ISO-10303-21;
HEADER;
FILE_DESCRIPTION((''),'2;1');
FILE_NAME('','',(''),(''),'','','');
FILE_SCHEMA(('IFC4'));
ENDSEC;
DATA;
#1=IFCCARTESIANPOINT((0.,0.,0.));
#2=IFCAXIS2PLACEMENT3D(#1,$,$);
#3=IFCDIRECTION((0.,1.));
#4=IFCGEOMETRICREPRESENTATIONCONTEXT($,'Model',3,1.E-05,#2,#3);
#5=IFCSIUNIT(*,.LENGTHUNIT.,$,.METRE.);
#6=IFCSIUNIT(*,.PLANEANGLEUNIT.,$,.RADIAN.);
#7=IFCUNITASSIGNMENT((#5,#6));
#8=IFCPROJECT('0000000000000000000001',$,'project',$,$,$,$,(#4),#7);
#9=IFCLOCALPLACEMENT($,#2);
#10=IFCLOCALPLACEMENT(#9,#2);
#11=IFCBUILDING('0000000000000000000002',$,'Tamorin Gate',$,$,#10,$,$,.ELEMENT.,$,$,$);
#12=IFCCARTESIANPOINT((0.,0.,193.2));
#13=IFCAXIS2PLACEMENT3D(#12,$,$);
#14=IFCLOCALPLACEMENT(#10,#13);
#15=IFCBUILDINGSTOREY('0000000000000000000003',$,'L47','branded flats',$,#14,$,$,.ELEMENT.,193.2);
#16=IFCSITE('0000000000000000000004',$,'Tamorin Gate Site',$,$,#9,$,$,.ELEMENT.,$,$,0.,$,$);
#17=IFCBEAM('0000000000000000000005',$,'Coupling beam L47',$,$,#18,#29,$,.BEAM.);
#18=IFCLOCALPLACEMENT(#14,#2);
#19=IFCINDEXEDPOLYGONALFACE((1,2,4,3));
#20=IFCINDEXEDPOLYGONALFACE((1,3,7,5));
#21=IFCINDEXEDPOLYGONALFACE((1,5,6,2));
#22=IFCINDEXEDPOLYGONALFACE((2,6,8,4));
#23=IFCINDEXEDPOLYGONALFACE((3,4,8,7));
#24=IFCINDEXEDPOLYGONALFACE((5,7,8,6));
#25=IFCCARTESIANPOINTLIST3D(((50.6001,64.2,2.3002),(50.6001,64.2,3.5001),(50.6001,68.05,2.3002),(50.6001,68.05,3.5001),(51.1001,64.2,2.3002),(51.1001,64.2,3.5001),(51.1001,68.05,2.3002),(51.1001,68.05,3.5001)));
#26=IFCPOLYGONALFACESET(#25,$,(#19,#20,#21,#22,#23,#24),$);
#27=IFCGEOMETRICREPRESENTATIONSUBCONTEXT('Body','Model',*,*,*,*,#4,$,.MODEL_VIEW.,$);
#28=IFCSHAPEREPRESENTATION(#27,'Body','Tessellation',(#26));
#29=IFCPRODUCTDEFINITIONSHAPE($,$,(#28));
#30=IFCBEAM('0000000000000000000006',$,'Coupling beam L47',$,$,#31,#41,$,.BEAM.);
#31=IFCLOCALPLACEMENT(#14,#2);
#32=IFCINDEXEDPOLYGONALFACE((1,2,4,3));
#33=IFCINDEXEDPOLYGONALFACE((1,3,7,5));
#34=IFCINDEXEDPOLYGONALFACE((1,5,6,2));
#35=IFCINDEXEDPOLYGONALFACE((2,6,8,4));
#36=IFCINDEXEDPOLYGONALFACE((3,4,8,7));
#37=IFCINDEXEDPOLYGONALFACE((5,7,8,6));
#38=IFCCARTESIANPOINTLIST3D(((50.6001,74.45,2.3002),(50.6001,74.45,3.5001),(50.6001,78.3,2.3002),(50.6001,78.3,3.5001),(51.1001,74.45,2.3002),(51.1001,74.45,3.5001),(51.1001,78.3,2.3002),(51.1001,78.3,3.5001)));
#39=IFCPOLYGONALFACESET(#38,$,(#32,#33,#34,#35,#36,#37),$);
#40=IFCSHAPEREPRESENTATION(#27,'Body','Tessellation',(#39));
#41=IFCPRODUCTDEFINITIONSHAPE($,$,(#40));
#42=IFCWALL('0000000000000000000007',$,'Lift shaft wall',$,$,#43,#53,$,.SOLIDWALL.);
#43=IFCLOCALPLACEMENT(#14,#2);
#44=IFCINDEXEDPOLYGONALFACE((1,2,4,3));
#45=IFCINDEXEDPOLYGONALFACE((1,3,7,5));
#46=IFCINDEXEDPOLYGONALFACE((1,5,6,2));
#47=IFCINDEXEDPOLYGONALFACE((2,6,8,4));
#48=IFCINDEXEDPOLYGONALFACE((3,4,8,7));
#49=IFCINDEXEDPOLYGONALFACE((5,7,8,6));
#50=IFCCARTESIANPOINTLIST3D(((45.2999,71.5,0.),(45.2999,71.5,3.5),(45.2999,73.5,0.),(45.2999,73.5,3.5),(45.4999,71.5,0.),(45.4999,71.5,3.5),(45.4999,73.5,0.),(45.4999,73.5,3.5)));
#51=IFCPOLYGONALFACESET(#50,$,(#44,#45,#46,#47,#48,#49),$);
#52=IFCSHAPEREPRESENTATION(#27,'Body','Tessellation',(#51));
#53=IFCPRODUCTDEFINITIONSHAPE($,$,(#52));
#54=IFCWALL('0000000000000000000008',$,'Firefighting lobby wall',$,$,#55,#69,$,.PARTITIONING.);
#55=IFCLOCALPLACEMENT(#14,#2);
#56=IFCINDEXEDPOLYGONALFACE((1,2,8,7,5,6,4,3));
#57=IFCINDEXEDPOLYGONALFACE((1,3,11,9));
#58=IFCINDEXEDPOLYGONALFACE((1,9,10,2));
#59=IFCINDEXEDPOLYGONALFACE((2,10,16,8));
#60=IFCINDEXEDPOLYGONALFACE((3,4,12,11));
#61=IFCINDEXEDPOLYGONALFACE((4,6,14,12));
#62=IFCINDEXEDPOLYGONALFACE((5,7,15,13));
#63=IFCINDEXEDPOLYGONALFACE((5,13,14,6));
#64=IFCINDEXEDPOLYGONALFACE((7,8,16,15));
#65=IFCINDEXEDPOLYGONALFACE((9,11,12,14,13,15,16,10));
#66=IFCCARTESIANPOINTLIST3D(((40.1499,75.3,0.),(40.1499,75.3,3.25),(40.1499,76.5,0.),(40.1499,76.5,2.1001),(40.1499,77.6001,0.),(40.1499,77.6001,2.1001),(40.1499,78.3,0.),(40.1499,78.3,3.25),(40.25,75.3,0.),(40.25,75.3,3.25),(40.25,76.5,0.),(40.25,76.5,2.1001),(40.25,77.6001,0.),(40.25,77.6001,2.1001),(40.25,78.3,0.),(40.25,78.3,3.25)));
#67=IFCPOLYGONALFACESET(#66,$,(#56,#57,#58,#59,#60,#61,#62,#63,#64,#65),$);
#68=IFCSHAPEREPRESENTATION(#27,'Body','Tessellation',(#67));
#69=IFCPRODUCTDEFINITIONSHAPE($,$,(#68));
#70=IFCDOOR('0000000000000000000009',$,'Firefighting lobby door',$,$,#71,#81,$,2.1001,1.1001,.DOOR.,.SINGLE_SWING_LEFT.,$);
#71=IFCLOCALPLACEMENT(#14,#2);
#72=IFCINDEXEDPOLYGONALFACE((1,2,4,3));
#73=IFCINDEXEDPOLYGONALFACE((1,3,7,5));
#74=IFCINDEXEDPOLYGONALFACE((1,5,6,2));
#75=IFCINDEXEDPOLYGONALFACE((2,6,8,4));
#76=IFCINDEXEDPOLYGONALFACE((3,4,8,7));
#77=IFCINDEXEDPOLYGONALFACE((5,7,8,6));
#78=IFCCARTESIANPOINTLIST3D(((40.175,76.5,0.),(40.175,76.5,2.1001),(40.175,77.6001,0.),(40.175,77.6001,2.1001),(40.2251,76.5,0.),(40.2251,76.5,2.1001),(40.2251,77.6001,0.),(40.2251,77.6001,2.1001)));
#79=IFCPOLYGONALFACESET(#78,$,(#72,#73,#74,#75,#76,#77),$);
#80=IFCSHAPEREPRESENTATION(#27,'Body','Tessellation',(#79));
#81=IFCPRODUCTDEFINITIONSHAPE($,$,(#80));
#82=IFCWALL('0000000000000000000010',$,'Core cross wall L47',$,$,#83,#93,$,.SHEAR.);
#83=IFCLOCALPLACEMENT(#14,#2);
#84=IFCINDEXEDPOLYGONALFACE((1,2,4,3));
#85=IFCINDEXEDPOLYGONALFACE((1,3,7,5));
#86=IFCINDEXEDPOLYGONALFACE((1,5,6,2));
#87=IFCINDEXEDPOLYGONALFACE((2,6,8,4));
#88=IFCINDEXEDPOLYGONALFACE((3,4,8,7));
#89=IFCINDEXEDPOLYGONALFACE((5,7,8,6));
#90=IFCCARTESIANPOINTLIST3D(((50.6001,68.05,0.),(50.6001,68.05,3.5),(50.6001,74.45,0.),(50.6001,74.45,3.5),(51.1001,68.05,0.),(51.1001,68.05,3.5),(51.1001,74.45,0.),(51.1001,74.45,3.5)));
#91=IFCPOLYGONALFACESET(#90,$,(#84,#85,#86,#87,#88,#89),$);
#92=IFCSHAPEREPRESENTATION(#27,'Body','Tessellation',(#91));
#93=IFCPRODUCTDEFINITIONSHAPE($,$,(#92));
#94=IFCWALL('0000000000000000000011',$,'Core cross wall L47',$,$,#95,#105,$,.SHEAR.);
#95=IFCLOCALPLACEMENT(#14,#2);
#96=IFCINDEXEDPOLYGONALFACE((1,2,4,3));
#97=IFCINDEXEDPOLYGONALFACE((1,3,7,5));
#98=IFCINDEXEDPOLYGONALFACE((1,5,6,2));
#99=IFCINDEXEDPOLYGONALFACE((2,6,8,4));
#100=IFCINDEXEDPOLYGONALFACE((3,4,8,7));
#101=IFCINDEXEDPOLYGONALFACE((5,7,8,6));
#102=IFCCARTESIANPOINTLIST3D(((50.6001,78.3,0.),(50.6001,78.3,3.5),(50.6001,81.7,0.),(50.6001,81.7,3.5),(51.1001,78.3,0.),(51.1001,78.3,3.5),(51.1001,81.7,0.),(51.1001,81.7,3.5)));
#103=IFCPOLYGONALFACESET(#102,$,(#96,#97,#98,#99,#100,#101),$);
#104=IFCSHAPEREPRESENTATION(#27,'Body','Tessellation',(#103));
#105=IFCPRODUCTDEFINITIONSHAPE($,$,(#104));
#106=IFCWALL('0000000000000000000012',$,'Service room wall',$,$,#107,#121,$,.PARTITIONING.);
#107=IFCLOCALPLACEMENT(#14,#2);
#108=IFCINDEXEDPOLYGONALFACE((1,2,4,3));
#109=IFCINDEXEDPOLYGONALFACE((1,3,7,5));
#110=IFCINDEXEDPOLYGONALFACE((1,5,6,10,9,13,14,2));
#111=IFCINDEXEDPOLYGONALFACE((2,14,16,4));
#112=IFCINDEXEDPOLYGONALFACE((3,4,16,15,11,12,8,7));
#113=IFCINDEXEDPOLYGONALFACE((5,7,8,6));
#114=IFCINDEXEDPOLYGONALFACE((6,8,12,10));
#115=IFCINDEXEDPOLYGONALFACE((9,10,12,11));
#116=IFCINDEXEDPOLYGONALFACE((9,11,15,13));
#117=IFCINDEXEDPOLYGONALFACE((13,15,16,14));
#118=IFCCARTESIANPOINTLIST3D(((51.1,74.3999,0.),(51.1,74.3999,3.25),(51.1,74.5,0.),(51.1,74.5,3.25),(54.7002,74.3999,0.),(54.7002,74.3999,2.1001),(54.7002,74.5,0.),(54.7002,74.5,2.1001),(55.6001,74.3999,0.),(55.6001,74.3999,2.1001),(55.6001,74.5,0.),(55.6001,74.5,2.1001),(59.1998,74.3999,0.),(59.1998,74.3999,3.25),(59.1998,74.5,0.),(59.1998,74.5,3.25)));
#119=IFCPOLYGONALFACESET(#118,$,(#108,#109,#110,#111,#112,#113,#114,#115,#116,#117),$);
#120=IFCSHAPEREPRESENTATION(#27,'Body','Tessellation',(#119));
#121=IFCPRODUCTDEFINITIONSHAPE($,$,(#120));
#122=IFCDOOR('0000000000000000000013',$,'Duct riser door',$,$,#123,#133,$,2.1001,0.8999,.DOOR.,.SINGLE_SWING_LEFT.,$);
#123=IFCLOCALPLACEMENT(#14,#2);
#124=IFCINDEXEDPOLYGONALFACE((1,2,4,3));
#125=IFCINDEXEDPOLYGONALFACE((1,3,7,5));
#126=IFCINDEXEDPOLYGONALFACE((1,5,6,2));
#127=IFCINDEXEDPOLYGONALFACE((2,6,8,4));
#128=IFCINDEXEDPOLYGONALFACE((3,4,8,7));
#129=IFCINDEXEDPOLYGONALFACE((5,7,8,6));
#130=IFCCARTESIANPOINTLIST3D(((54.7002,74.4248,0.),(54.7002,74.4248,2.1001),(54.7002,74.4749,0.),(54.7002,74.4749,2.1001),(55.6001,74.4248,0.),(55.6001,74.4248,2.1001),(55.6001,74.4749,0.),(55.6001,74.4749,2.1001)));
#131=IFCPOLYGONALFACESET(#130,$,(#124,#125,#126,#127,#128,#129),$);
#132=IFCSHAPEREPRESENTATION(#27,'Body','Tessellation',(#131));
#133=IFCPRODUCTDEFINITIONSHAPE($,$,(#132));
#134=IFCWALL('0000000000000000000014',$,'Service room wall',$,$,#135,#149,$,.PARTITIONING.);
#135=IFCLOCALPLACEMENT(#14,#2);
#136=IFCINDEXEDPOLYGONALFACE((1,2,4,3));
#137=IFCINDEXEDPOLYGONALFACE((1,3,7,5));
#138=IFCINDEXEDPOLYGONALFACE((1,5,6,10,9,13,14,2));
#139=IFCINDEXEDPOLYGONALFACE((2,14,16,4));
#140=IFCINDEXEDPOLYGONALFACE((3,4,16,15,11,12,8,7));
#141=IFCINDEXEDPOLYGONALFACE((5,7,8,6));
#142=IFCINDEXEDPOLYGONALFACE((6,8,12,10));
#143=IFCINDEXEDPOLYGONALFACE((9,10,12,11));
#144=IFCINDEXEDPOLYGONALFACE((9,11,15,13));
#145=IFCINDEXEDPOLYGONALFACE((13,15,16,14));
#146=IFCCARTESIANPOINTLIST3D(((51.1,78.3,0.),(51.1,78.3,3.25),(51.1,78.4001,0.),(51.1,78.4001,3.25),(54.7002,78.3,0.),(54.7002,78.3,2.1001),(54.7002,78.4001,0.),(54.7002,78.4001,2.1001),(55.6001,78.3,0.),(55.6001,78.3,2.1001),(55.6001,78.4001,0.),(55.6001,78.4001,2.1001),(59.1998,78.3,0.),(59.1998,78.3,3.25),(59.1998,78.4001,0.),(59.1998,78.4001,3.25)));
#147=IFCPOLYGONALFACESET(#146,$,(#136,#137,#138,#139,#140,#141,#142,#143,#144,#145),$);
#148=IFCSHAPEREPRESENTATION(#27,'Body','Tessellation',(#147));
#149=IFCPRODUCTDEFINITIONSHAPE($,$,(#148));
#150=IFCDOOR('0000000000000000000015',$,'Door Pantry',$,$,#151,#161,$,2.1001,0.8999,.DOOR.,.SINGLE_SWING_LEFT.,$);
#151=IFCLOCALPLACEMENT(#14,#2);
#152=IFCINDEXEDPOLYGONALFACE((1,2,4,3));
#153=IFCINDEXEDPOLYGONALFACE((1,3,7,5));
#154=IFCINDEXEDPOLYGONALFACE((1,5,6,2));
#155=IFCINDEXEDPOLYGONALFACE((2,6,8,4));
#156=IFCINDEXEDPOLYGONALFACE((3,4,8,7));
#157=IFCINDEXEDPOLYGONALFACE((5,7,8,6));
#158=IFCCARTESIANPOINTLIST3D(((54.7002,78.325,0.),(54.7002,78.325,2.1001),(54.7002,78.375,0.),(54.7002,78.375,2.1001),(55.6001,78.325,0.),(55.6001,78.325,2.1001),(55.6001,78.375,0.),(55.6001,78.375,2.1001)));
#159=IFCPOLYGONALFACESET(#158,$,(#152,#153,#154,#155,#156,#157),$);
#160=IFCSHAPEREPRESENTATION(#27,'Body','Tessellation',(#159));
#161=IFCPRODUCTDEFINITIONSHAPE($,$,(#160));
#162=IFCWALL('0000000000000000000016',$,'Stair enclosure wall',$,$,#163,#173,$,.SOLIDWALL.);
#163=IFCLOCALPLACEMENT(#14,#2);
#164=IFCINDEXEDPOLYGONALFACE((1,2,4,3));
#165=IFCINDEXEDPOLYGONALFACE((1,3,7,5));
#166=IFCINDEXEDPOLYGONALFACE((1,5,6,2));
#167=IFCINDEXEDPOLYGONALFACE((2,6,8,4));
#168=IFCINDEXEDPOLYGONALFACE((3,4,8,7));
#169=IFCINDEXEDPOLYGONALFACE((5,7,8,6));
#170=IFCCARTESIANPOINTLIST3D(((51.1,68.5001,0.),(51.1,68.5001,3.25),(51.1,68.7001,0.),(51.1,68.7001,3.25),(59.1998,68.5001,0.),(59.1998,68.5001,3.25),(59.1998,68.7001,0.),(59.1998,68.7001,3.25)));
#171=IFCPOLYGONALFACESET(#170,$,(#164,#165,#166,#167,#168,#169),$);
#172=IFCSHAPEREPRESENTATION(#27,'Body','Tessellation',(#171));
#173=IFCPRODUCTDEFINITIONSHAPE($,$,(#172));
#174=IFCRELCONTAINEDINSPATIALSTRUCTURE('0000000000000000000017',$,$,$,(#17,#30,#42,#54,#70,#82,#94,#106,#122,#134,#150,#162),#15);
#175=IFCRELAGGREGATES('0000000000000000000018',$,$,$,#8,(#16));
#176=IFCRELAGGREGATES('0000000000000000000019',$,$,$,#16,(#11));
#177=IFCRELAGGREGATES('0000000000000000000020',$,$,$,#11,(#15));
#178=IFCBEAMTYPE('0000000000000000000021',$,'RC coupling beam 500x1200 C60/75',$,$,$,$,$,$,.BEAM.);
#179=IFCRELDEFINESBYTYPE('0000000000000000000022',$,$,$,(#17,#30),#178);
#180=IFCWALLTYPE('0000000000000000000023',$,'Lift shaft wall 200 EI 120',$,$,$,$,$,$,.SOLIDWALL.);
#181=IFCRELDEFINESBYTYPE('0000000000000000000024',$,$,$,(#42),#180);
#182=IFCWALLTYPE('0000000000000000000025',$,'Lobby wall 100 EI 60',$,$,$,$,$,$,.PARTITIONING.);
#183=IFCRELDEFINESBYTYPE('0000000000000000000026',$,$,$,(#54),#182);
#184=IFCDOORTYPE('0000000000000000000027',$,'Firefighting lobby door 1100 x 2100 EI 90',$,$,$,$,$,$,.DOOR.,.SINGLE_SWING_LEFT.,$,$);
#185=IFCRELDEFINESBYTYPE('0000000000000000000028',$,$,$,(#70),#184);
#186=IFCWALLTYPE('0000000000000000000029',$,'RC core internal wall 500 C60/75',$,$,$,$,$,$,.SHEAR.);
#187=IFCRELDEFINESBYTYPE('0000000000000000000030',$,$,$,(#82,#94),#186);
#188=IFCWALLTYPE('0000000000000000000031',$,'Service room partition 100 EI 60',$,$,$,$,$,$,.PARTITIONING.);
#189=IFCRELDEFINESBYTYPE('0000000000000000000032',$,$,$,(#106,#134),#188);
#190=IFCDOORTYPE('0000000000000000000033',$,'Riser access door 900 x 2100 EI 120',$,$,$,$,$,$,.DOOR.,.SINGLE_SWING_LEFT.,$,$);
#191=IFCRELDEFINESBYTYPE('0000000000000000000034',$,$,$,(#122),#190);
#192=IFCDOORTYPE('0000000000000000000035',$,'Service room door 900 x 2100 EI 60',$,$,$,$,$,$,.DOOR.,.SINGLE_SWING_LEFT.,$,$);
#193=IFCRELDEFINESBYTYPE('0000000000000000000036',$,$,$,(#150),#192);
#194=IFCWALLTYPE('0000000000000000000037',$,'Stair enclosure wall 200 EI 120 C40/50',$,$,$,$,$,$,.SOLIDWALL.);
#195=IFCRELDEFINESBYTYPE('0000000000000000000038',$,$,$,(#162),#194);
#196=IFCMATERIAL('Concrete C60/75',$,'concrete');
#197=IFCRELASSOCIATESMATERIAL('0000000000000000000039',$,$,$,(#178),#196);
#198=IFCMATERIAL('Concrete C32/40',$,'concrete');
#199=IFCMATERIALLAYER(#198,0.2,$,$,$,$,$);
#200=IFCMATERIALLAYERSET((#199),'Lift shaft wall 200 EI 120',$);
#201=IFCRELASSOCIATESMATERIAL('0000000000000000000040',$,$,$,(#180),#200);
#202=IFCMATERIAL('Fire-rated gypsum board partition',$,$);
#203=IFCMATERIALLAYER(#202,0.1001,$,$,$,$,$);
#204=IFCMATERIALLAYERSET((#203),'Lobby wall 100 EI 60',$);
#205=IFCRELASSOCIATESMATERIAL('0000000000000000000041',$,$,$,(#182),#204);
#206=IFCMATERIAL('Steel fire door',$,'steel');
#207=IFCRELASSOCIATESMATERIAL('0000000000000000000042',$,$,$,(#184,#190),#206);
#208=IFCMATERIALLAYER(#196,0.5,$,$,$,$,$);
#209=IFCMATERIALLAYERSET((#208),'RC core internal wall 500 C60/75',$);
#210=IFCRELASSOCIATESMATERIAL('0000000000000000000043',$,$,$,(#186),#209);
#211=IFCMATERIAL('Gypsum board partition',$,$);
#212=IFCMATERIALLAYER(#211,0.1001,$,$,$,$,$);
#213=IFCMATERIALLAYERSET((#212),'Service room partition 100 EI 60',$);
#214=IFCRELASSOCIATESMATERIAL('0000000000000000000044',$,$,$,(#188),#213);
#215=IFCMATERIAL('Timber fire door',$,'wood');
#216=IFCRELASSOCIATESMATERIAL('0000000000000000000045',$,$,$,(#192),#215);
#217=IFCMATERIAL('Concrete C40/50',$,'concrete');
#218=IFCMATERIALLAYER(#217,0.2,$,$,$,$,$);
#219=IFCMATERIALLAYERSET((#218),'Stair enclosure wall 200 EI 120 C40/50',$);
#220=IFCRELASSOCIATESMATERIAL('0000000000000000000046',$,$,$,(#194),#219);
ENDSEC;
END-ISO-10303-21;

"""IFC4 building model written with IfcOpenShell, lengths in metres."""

from ifc_helpers import new_model, si_unit, direction, frame, frame_2d, origin, origin_2d, place, context, subcontext, project, spatial, rectangle, extrude, material, layer, layer_set, material_profile, profile_set, type_object, element, fill, save


model = new_model("IFC4")

# Units and contexts
model_context = context("Model", 3, precision=1e-05, world=origin(), true_north=direction((0.0, 1.0)))
body_context = subcontext(model_context, "Body", "Model", "MODEL_VIEW")
ifc_project = project(units=[si_unit("LENGTHUNIT", "METRE"), si_unit("PLANEANGLEUNIT", "RADIAN")], contexts=[model_context])

# Site, building, storey
site_placement = place(None, origin())
site = spatial("IfcSite", under=ifc_project, at=site_placement, Name="Tamorin Gate Site", CompositionType="ELEMENT", RefElevation=0.0)
building_placement = place(site_placement, origin())
building = spatial("IfcBuilding", under=site, at=building_placement, Name="Tamorin Gate", CompositionType="ELEMENT")
storey_placement = place(building_placement, frame((0.0, 0.0, 193.2)))
storey = spatial("IfcBuildingStorey", under=building, at=storey_placement, Name="L47", Description="branded flats", CompositionType="ELEMENT", Elevation=193.2)

# Beams
ifc_material_1 = material(Name="Concrete C60/75", Category="concrete")
ifc_material_profile = material_profile(ifc_material_1, rectangle(XDim=0.5, YDim=1.2, at=origin_2d()), Name="RC 500x1200")
ifc_profile_set = profile_set([ifc_material_profile], Name="Concrete C60/75")
beam_type = type_object("IfcBeamType", Name="RC coupling beam 500x1200 C60/75", PredefinedType="BEAM", material=ifc_profile_set)
for number, where, z_axis, x_axis, name in (
    (1, (50.8501, 64.2, 2.9001), (0.0, 1.0, 0.0), (-1.0, 0.0, 0.0), "Coupling beam L47"),
    (2, (50.8501, 74.45, 2.9001), (0.0, 1.0, 0.0), (-1.0, 0.0, 0.0), "Coupling beam L47"),
):
    element("IfcBeam", number, at=place(storey_placement, frame(where, z_axis=z_axis, x_axis=x_axis)), inside=storey, type_object=beam_type, Name=name, PredefinedType="BEAM", context=body_context, shape_type="SweptSolid", body=[
        extrude(rectangle(XDim=0.5, YDim=1.2, at=origin_2d()), origin(), (0.0, 0.0, 1.0), 3.8501),
    ])

# Wall
ifc_material_2 = material(Name="Concrete C32/40", Category="concrete")
ifc_layer_1 = layer(ifc_material_2, 0.2)
ifc_layer_set_1 = layer_set([ifc_layer_1], Name="Lift shaft wall 200 EI 120")
wall_type_1 = type_object("IfcWallType", Name="Lift shaft wall 200 EI 120", PredefinedType="SOLIDWALL", material=ifc_layer_set_1)
wall_1_placement = place(storey_placement, frame((45.3999, 71.5, 0.0), z_axis=(0.0, 0.0, 1.0), x_axis=(0.0, 1.0, 0.0)))
element("IfcWall", 3, at=wall_1_placement, inside=storey, type_object=wall_type_1, Name="Lift shaft wall", PredefinedType="SOLIDWALL", context=body_context, shape_type="SweptSolid", body=[
    extrude(rectangle(XDim=2.0, YDim=0.2, at=frame_2d((1.0, 0.0))), origin(), (0.0, 0.0, 1.0), 3.5),
])

# Wall, opening, door
ifc_material_3 = material(Name="Fire-rated gypsum board partition")
ifc_layer_2 = layer(ifc_material_3, 0.1001)
ifc_layer_set_2 = layer_set([ifc_layer_2], Name="Lobby wall 100 EI 60")
wall_type_2 = type_object("IfcWallType", Name="Lobby wall 100 EI 60", PredefinedType="PARTITIONING", material=ifc_layer_set_2)
wall_2_placement = place(storey_placement, frame((40.2, 75.3, 0.0), z_axis=(0.0, 0.0, 1.0), x_axis=(0.0, 1.0, 0.0)))
wall_2 = element("IfcWall", 4, at=wall_2_placement, inside=storey, type_object=wall_type_2, Name="Firefighting lobby wall", PredefinedType="PARTITIONING", context=body_context, shape_type="SweptSolid", body=[
    extrude(rectangle(XDim=3.0, YDim=0.1001, at=frame_2d((1.5, 0.0))), origin(), (0.0, 0.0, 1.0), 3.25),
])
opening_1_placement = place(wall_2_placement, frame((1.2, 0.0, 0.0)))
opening_1 = element("IfcOpeningElement", 5, at=opening_1_placement, cuts=wall_2, PredefinedType="OPENING", context=body_context, shape_type="SweptSolid", body=[
    extrude(rectangle(XDim=1.1001, YDim=2.1001, at=frame_2d((0.55, 1.05))), frame((0.0, 0.0601, 0.0), z_axis=(0.0, -1.0, 0.0), x_axis=(1.0, 0.0, 0.0)), (0.0, 0.0, 1.0), 0.1201),
])
ifc_material_4 = material(Name="Steel fire door", Category="steel")
door_type_1 = type_object("IfcDoorType", Name="Firefighting lobby door 1100 x 2100 EI 90", OperationType="SINGLE_SWING_LEFT", PredefinedType="DOOR", material=ifc_material_4)
door_1_placement = place(opening_1_placement, origin())
door_1 = element("IfcDoor", 6, at=door_1_placement, inside=storey, type_object=door_type_1, Name="Firefighting lobby door", OperationType="SINGLE_SWING_LEFT", OverallHeight=2.1001, OverallWidth=1.1001, PredefinedType="DOOR", context=body_context, shape_type="SweptSolid", body=[
    extrude(rectangle(XDim=1.1001, YDim=2.1001, at=frame_2d((0.55, 1.05))), frame((0.0, 0.0249, 0.0), z_axis=(0.0, -1.0, 0.0), x_axis=(1.0, 0.0, 0.0)), (0.0, 0.0, 1.0), 0.05),
])
fill(opening_1, door_1)

# Walls
ifc_layer_3 = layer(ifc_material_1, 0.5)
ifc_layer_set_3 = layer_set([ifc_layer_3], Name="RC core internal wall 500 C60/75")
wall_type_3 = type_object("IfcWallType", Name="RC core internal wall 500 C60/75", PredefinedType="SHEAR", material=ifc_layer_set_3)
wall_3_placement = place(storey_placement, frame((50.8501, 68.05, 0.0), z_axis=(0.0, 0.0, 1.0), x_axis=(0.0, 1.0, 0.0)))
element("IfcWall", 7, at=wall_3_placement, inside=storey, type_object=wall_type_3, Name="Core cross wall L47", PredefinedType="SHEAR", context=body_context, shape_type="SweptSolid", body=[
    extrude(rectangle(XDim=6.3999, YDim=0.5, at=frame_2d((3.2, 0.0))), origin(), (0.0, 0.0, 1.0), 3.5),
])
wall_4_placement = place(storey_placement, frame((50.8501, 78.3, 0.0), z_axis=(0.0, 0.0, 1.0), x_axis=(0.0, 1.0, 0.0)))
element("IfcWall", 8, at=wall_4_placement, inside=storey, type_object=wall_type_3, Name="Core cross wall L47", PredefinedType="SHEAR", context=body_context, shape_type="SweptSolid", body=[
    extrude(rectangle(XDim=3.3999, YDim=0.5, at=frame_2d((1.7, 0.0))), origin(), (0.0, 0.0, 1.0), 3.5),
])

# Walls, openings, doors
ifc_material_5 = material(Name="Gypsum board partition")
ifc_layer_4 = layer(ifc_material_5, 0.1001)
ifc_layer_set_4 = layer_set([ifc_layer_4], Name="Service room partition 100 EI 60")
wall_type_4 = type_object("IfcWallType", Name="Service room partition 100 EI 60", PredefinedType="PARTITIONING", material=ifc_layer_set_4)
wall_5_placement = place(storey_placement, frame((51.1001, 74.45, 0.0), z_axis=(0.0, 0.0, 1.0), x_axis=(1.0, 0.0, 0.0)))
wall_5 = element("IfcWall", 9, at=wall_5_placement, inside=storey, type_object=wall_type_4, Name="Service room wall", PredefinedType="PARTITIONING", context=body_context, shape_type="SweptSolid", body=[
    extrude(rectangle(XDim=8.0999, YDim=0.1001, at=frame_2d((4.0498, 0.0))), origin(), (0.0, 0.0, 1.0), 3.25),
])
opening_2_placement = place(wall_5_placement, frame((3.6001, 0.0, 0.0)))
opening_2 = element("IfcOpeningElement", 10, at=opening_2_placement, cuts=wall_5, PredefinedType="OPENING", context=body_context, shape_type="SweptSolid", body=[
    extrude(rectangle(XDim=0.8999, YDim=2.1001, at=frame_2d((0.45, 1.05))), frame((0.0, 0.0601, 0.0), z_axis=(0.0, -1.0, 0.0), x_axis=(1.0, 0.0, 0.0)), (0.0, 0.0, 1.0), 0.1201),
])
door_type_2 = type_object("IfcDoorType", Name="Riser access door 900 x 2100 EI 120", OperationType="SINGLE_SWING_LEFT", PredefinedType="DOOR", material=ifc_material_4)
door_2_placement = place(opening_2_placement, origin())
door_2 = element("IfcDoor", 11, at=door_2_placement, inside=storey, type_object=door_type_2, Name="Duct riser door", OperationType="SINGLE_SWING_LEFT", OverallHeight=2.1001, OverallWidth=0.8999, PredefinedType="DOOR", context=body_context, shape_type="SweptSolid", body=[
    extrude(rectangle(XDim=0.8999, YDim=2.1001, at=frame_2d((0.45, 1.05))), frame((0.0, 0.0249, 0.0), z_axis=(0.0, -1.0, 0.0), x_axis=(1.0, 0.0, 0.0)), (0.0, 0.0, 1.0), 0.05),
])
fill(opening_2, door_2)
wall_6_placement = place(storey_placement, frame((51.1001, 78.3501, 0.0), z_axis=(0.0, 0.0, 1.0), x_axis=(1.0, 0.0, 0.0)))
wall_6 = element("IfcWall", 12, at=wall_6_placement, inside=storey, type_object=wall_type_4, Name="Service room wall", PredefinedType="PARTITIONING", context=body_context, shape_type="SweptSolid", body=[
    extrude(rectangle(XDim=8.0999, YDim=0.1001, at=frame_2d((4.0498, 0.0))), origin(), (0.0, 0.0, 1.0), 3.25),
])
opening_3_placement = place(wall_6_placement, frame((3.6001, 0.0, 0.0)))
opening_3 = element("IfcOpeningElement", 13, at=opening_3_placement, cuts=wall_6, PredefinedType="OPENING", context=body_context, shape_type="SweptSolid", body=[
    extrude(rectangle(XDim=0.8999, YDim=2.1001, at=frame_2d((0.45, 1.05))), frame((0.0, 0.0601, 0.0), z_axis=(0.0, -1.0, 0.0), x_axis=(1.0, 0.0, 0.0)), (0.0, 0.0, 1.0), 0.1201),
])
ifc_material_6 = material(Name="Timber fire door", Category="wood")
door_type_3 = type_object("IfcDoorType", Name="Service room door 900 x 2100 EI 60", OperationType="SINGLE_SWING_LEFT", PredefinedType="DOOR", material=ifc_material_6)
door_3_placement = place(opening_3_placement, origin())
door_3 = element("IfcDoor", 14, at=door_3_placement, inside=storey, type_object=door_type_3, Name="Door Pantry", OperationType="SINGLE_SWING_LEFT", OverallHeight=2.1001, OverallWidth=0.8999, PredefinedType="DOOR", context=body_context, shape_type="SweptSolid", body=[
    extrude(rectangle(XDim=0.8999, YDim=2.1001, at=frame_2d((0.45, 1.05))), frame((0.0, 0.0249, 0.0), z_axis=(0.0, -1.0, 0.0), x_axis=(1.0, 0.0, 0.0)), (0.0, 0.0, 1.0), 0.05),
])
fill(opening_3, door_3)

# Wall
ifc_material_7 = material(Name="Concrete C40/50", Category="concrete")
ifc_layer_5 = layer(ifc_material_7, 0.2)
ifc_layer_set_5 = layer_set([ifc_layer_5], Name="Stair enclosure wall 200 EI 120 C40/50")
wall_type_5 = type_object("IfcWallType", Name="Stair enclosure wall 200 EI 120 C40/50", PredefinedType="SOLIDWALL", material=ifc_layer_set_5)
wall_7_placement = place(storey_placement, frame((51.1001, 68.6001, 0.0), z_axis=(0.0, 0.0, 1.0), x_axis=(1.0, 0.0, 0.0)))
element("IfcWall", 15, at=wall_7_placement, inside=storey, type_object=wall_type_5, Name="Stair enclosure wall", PredefinedType="SOLIDWALL", context=body_context, shape_type="SweptSolid", body=[
    extrude(rectangle(XDim=8.0999, YDim=0.2, at=frame_2d((4.0498, 0.0))), origin(), (0.0, 0.0, 1.0), 3.25),
])

save(model, "model.ifc")
